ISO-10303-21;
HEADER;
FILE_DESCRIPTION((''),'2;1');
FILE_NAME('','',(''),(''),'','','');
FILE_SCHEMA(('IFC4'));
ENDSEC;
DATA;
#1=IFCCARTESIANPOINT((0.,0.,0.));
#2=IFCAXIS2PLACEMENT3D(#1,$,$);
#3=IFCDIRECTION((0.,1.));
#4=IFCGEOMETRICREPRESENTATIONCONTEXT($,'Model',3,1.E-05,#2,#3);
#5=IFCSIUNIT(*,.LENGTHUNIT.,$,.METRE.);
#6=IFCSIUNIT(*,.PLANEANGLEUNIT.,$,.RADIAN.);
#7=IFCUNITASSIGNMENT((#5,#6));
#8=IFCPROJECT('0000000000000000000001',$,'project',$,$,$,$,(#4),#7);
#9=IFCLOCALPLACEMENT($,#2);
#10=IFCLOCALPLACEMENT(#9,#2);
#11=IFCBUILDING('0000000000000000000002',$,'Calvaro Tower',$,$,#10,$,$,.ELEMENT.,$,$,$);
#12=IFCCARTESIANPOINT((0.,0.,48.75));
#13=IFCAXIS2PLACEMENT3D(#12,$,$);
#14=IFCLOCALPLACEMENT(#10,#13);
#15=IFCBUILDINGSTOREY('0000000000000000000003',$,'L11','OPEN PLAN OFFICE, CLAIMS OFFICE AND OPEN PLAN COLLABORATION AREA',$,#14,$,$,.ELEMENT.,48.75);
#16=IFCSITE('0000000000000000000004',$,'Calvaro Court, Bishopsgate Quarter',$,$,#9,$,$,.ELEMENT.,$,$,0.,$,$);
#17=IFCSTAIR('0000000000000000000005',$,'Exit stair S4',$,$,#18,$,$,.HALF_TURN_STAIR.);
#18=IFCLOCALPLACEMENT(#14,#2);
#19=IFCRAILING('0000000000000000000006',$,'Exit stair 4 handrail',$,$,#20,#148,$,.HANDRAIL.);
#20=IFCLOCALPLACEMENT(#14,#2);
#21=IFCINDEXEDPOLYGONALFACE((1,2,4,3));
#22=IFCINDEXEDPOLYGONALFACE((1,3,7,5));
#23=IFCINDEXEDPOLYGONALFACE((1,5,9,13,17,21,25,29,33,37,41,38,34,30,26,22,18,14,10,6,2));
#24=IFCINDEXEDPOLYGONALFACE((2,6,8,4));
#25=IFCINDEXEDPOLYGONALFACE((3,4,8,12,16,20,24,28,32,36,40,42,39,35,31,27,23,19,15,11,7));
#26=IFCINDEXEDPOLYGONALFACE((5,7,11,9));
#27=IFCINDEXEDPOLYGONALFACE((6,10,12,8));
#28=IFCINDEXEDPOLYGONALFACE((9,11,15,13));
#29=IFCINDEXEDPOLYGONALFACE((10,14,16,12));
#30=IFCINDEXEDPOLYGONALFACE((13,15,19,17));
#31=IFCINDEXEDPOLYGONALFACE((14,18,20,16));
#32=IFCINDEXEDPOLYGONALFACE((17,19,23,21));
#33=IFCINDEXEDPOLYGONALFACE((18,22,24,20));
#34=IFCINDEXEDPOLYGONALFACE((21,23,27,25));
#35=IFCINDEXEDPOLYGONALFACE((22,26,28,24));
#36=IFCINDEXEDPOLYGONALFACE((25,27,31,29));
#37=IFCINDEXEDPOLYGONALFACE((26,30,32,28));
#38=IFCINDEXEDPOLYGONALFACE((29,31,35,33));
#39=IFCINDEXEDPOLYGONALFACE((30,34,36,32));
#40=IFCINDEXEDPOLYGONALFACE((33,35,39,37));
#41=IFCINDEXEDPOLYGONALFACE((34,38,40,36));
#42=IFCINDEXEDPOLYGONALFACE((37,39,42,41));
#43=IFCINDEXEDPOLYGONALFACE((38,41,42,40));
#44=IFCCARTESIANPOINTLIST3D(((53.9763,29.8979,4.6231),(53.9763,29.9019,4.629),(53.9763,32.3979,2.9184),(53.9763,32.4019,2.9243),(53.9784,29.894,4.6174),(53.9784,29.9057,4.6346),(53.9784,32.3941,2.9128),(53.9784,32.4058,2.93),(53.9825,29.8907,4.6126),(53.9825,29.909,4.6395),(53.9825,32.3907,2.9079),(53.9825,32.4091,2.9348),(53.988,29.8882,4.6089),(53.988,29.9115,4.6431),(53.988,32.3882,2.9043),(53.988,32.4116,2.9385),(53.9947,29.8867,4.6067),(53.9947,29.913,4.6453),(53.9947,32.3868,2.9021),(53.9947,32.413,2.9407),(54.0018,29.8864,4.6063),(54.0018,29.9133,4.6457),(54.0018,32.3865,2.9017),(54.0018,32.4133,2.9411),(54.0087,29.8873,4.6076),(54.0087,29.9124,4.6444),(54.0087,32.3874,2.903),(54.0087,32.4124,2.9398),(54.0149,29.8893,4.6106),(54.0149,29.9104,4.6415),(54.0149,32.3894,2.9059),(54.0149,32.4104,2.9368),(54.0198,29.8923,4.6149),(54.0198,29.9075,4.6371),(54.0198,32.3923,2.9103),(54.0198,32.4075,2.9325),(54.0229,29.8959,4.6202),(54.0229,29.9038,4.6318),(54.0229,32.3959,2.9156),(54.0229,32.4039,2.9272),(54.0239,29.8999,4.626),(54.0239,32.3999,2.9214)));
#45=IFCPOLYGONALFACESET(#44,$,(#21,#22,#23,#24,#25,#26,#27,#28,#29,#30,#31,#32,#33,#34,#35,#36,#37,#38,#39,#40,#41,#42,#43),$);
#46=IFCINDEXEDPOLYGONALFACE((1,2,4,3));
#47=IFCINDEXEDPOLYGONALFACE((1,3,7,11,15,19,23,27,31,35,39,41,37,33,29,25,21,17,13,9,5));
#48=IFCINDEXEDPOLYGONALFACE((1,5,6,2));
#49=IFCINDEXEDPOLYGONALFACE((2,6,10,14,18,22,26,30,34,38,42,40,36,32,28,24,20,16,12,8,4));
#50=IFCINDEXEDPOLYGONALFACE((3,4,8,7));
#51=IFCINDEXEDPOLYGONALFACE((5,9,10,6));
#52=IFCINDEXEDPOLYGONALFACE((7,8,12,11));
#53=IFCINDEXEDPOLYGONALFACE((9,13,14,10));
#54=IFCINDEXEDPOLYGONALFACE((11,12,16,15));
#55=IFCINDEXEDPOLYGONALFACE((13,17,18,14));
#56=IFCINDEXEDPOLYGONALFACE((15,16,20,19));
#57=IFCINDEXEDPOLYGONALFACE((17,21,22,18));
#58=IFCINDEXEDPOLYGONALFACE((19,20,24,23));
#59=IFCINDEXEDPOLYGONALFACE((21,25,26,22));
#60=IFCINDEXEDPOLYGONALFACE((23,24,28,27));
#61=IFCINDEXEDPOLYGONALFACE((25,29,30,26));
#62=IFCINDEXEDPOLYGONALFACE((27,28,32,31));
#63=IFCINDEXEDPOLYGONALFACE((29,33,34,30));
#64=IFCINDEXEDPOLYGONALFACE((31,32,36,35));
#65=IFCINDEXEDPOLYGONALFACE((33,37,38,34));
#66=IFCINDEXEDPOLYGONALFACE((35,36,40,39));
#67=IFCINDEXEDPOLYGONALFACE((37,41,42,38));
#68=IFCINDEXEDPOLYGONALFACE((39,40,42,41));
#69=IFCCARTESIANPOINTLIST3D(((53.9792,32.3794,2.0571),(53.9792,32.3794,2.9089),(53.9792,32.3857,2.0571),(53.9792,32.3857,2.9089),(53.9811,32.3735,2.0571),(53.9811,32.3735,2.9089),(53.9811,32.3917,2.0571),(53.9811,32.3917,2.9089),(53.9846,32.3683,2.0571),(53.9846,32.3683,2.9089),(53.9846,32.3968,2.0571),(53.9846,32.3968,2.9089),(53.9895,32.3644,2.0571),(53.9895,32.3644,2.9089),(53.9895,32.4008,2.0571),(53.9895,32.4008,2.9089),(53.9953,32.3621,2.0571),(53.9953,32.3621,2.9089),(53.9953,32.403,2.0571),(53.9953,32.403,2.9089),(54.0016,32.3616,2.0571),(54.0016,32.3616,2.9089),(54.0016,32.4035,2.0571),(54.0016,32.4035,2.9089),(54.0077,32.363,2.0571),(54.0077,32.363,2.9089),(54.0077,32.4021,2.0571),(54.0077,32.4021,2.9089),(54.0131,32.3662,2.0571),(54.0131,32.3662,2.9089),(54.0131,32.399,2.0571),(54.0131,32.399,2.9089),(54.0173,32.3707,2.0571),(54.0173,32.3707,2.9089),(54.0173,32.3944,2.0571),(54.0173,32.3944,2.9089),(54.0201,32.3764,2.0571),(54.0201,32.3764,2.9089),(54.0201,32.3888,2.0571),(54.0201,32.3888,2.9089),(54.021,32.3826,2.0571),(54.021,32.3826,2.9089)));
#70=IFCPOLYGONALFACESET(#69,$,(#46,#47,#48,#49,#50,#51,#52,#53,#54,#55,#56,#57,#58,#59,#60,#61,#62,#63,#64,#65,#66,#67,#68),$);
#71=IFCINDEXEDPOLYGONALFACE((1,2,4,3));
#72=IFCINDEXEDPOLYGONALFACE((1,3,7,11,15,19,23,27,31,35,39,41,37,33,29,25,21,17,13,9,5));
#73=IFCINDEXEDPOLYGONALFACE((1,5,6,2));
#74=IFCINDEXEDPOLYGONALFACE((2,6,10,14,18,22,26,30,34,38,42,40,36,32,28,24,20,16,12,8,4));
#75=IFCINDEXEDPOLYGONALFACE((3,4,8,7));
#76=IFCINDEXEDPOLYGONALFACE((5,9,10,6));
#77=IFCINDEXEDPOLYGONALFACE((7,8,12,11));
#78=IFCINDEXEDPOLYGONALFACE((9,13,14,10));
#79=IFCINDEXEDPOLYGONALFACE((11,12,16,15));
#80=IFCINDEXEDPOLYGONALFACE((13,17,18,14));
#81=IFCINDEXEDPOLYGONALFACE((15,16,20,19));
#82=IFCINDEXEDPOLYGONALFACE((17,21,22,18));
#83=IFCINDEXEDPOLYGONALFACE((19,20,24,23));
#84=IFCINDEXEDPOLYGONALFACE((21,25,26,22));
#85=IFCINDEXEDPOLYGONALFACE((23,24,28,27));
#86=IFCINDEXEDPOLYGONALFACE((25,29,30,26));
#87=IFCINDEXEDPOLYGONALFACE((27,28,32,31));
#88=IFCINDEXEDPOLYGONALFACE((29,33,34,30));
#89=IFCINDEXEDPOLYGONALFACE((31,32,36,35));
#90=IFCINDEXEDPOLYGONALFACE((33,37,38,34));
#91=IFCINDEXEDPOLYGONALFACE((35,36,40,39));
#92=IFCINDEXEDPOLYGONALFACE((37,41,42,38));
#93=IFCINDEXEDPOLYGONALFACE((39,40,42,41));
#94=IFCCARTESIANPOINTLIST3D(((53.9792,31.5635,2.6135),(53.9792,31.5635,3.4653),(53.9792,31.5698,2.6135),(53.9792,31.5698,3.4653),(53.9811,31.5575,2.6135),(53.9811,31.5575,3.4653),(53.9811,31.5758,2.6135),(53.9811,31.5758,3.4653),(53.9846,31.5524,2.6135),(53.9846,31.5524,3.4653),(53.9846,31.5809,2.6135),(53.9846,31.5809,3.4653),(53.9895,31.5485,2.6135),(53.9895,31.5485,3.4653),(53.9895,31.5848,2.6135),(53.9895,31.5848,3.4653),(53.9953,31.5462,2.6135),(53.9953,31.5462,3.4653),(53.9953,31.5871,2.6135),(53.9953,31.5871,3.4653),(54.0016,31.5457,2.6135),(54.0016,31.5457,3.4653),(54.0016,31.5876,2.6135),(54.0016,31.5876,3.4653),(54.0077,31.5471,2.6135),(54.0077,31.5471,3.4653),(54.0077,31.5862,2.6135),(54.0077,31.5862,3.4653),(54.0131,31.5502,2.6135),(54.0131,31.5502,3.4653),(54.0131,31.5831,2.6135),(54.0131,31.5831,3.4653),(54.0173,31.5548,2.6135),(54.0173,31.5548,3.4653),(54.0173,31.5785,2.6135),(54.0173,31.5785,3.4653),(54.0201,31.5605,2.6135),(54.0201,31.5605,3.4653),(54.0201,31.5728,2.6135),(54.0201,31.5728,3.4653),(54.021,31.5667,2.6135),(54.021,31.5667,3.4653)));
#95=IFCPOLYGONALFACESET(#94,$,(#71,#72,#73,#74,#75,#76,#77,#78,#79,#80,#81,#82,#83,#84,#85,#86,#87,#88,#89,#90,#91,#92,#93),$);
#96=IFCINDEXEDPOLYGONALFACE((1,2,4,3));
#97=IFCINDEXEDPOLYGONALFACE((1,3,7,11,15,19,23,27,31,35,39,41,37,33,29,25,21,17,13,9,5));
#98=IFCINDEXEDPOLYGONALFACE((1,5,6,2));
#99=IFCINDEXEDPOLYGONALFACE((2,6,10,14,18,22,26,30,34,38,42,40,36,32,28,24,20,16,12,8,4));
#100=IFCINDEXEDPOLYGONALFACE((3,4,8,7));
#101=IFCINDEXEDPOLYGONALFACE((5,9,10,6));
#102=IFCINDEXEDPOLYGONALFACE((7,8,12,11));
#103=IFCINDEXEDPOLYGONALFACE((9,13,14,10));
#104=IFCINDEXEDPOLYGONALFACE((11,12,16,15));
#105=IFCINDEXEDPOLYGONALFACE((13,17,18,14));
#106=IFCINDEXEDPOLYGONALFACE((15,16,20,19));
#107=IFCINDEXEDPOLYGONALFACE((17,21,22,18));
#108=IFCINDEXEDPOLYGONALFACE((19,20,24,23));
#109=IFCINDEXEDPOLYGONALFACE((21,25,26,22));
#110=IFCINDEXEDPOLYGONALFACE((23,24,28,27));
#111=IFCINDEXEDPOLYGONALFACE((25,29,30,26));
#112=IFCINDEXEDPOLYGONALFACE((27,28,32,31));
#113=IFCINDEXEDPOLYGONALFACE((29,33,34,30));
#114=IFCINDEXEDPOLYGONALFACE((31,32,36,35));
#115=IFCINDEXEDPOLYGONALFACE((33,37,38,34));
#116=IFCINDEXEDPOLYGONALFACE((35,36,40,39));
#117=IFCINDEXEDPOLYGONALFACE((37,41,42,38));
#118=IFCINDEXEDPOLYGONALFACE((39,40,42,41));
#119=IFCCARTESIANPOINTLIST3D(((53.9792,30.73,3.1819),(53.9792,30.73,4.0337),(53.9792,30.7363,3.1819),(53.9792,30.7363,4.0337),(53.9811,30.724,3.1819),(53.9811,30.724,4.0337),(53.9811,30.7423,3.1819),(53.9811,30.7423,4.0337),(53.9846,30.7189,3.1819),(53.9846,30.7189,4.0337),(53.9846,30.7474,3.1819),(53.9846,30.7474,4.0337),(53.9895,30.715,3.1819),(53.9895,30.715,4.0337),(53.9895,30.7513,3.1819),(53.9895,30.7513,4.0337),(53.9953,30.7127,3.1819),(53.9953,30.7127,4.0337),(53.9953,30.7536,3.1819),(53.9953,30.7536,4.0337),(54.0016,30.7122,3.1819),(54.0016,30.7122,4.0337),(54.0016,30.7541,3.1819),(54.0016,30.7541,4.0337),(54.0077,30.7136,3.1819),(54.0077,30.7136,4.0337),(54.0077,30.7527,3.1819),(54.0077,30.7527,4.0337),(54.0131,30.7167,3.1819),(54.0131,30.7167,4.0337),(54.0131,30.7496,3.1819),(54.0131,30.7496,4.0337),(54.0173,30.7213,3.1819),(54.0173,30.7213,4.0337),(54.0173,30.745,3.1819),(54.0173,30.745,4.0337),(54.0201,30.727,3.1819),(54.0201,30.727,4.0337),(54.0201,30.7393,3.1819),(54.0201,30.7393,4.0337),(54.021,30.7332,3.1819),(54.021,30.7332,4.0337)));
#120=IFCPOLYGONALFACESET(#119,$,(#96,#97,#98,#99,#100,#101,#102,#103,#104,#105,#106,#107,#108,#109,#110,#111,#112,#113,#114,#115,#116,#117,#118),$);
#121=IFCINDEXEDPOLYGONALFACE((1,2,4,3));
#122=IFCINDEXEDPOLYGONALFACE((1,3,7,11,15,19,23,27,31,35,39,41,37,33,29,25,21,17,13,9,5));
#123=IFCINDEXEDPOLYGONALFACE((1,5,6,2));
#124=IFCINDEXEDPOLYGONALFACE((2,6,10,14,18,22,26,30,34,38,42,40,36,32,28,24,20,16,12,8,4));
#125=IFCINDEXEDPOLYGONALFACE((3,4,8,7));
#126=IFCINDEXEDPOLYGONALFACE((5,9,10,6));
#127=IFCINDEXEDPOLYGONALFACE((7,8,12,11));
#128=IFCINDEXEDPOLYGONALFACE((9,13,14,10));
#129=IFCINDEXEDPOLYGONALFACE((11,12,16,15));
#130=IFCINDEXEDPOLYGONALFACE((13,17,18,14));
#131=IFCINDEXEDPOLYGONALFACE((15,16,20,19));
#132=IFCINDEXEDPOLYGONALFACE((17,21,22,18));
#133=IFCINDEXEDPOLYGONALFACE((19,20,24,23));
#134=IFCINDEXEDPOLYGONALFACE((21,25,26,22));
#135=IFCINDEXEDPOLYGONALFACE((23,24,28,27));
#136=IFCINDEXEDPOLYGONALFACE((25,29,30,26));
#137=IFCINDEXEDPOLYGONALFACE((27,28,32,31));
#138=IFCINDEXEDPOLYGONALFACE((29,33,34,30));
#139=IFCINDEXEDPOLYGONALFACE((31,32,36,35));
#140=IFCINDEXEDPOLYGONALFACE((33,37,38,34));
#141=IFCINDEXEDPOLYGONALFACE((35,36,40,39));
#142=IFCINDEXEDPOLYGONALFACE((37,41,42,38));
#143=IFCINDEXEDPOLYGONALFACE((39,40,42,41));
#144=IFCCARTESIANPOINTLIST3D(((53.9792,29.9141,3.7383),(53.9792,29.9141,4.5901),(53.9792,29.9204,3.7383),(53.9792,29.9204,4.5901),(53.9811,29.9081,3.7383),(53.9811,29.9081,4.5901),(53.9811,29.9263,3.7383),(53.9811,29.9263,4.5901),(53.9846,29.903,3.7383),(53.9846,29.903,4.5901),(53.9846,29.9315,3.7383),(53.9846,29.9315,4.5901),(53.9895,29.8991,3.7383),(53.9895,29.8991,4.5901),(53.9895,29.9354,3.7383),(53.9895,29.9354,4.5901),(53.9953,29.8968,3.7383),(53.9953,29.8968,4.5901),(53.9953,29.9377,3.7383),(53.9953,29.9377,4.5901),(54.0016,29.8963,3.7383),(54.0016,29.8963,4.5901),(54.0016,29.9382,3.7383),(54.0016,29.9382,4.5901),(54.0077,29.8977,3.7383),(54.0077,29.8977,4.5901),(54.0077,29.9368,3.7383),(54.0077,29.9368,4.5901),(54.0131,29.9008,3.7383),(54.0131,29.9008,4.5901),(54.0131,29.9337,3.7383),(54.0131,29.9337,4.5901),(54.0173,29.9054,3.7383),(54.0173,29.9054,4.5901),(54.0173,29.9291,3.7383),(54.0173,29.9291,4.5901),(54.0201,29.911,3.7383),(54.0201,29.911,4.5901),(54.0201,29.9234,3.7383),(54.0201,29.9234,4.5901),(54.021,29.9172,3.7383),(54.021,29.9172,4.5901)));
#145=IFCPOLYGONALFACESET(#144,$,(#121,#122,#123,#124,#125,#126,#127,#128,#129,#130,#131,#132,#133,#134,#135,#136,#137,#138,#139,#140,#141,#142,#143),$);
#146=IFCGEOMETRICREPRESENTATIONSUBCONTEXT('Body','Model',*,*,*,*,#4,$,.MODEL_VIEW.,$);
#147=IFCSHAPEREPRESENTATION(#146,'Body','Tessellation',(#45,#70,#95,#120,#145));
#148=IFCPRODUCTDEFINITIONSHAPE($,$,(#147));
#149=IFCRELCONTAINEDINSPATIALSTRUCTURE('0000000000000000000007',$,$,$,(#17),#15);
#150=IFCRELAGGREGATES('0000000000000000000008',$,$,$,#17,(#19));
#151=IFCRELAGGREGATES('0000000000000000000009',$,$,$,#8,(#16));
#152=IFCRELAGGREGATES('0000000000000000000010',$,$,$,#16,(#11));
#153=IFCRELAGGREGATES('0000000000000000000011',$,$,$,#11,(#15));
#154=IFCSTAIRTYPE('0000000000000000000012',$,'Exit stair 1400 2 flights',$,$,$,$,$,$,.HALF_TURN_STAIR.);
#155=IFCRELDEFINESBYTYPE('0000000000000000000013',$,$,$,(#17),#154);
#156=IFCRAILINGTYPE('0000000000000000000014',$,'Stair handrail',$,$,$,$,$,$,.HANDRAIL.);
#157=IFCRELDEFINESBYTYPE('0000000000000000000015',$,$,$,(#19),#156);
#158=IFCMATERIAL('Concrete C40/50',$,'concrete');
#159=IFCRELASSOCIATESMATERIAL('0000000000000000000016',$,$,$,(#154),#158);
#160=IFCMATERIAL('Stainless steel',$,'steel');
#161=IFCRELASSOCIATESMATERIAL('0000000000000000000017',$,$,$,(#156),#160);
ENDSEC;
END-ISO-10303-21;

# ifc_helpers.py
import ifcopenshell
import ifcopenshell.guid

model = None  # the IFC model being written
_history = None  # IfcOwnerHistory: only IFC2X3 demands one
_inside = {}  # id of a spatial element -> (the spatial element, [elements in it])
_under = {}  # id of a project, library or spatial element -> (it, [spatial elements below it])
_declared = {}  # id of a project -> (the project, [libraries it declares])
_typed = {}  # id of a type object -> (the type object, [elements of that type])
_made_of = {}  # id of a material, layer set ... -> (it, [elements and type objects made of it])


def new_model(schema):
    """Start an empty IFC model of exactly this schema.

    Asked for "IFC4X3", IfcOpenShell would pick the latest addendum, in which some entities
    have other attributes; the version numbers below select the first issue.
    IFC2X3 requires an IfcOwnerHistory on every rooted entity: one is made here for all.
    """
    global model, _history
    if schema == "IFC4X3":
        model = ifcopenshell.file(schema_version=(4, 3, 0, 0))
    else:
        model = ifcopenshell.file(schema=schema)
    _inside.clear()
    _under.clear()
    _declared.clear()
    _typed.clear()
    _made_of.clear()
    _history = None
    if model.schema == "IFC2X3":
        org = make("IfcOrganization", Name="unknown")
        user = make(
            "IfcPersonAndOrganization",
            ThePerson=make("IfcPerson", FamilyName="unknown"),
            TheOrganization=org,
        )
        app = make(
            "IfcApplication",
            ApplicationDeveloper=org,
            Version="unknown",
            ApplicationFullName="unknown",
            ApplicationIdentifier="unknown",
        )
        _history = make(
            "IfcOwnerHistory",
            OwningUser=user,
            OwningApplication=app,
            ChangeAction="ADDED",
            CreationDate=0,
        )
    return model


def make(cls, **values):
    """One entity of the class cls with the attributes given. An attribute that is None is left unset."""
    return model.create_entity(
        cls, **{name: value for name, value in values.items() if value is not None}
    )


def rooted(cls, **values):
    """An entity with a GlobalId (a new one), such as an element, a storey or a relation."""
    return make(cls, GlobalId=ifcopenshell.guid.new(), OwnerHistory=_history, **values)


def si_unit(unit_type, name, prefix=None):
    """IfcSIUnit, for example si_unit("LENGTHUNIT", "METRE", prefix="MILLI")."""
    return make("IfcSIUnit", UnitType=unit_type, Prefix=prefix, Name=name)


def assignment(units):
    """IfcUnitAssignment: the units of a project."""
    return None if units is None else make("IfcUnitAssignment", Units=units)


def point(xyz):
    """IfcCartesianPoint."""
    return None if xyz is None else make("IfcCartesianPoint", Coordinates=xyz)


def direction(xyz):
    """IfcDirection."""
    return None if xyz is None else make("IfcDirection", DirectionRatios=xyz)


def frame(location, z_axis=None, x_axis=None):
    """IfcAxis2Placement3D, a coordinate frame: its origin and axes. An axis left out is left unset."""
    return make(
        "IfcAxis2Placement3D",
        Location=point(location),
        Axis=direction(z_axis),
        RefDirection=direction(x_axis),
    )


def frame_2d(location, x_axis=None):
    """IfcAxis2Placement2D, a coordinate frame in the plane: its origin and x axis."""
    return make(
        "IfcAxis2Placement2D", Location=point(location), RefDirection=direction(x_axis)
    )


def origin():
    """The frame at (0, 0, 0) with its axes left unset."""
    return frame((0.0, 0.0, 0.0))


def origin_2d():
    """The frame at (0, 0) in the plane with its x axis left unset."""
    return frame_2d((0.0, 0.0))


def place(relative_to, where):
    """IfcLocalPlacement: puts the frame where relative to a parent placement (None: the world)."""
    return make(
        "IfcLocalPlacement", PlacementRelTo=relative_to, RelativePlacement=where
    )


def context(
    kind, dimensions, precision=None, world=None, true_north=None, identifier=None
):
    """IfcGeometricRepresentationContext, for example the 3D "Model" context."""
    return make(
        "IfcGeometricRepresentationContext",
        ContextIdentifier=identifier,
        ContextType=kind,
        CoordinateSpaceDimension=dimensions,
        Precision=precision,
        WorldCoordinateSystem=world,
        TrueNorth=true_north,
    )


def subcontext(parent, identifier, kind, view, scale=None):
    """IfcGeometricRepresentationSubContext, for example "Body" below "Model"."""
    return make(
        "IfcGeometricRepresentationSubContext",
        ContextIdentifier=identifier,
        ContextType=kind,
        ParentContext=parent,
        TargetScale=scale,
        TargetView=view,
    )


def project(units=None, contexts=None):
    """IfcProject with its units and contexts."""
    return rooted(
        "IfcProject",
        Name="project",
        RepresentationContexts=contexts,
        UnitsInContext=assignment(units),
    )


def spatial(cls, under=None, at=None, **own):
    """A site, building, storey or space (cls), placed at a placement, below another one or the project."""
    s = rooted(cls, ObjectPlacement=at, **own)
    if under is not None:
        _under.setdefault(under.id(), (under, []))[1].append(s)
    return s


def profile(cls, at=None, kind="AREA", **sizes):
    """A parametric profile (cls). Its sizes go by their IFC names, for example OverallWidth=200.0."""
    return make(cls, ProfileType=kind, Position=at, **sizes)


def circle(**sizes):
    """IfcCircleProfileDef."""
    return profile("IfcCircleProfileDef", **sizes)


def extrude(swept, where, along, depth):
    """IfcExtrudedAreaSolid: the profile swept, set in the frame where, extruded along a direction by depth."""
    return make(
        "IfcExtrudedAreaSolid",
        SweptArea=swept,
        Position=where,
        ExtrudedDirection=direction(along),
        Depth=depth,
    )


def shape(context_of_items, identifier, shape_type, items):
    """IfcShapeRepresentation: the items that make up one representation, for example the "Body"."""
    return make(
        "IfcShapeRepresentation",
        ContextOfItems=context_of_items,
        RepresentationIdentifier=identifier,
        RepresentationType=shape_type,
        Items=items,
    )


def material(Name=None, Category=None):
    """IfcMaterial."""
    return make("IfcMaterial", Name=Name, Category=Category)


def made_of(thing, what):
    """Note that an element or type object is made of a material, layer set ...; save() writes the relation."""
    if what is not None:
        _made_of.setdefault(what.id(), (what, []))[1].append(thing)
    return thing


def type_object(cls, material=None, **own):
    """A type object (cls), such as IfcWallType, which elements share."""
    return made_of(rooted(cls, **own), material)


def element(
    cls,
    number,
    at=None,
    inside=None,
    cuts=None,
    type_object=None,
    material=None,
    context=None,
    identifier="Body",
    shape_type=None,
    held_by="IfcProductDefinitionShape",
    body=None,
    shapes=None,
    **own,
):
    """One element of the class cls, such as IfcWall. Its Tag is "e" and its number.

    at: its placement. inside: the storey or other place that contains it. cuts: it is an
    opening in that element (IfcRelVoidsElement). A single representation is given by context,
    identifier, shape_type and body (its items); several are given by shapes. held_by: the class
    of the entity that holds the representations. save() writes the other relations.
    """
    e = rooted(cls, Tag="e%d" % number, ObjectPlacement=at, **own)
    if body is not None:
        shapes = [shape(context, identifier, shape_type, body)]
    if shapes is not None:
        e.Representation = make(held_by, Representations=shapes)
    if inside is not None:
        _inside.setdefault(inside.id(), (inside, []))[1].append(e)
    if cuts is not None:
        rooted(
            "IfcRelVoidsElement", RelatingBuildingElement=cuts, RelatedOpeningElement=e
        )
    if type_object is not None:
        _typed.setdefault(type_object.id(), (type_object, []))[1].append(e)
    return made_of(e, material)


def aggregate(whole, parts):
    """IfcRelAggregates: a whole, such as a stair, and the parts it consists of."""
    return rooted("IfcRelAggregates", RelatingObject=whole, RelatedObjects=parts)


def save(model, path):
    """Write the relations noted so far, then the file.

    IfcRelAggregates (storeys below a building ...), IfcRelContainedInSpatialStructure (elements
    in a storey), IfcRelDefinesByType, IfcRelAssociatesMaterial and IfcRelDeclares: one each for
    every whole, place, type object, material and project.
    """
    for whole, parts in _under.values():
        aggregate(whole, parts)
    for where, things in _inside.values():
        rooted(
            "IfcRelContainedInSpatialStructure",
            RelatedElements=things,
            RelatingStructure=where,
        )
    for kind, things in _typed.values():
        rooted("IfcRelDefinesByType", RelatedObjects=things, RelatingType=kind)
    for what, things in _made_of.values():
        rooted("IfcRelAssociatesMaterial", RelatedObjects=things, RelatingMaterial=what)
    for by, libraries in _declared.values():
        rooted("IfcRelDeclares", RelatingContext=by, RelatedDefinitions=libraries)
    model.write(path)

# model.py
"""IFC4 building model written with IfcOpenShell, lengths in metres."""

from ifc_helpers import new_model, si_unit, direction, frame, origin, origin_2d, place, context, subcontext, project, spatial, circle, extrude, material, type_object, element, aggregate, save


model = new_model("IFC4")

# Units and contexts
model_context = context("Model", 3, precision=1e-05, world=origin(), true_north=direction((0.0, 1.0)))
body_context = subcontext(model_context, "Body", "Model", "MODEL_VIEW")
ifc_project = project(units=[si_unit("LENGTHUNIT", "METRE"), si_unit("PLANEANGLEUNIT", "RADIAN")], contexts=[model_context])

# Site, building, storey
site_placement = place(None, origin())
site = spatial("IfcSite", under=ifc_project, at=site_placement, Name="Calvaro Court, Bishopsgate Quarter", CompositionType="ELEMENT", RefElevation=0.0)
building_placement = place(site_placement, origin())
building = spatial("IfcBuilding", under=site, at=building_placement, Name="Calvaro Tower", CompositionType="ELEMENT")
storey_placement = place(building_placement, frame((0.0, 0.0, 48.75)))
storey = spatial("IfcBuildingStorey", under=building, at=storey_placement, Name="L11", Description="OPEN PLAN OFFICE, CLAIMS OFFICE AND OPEN PLAN COLLABORATION AREA", CompositionType="ELEMENT", Elevation=48.75)

# Shared definitions
ifc_material_1 = material(Name="Concrete C40/50", Category="concrete")
stair_type = type_object("IfcStairType", Name="Exit stair 1400 2 flights", PredefinedType="HALF_TURN_STAIR", material=ifc_material_1)

# Stair, railing
stair_1_placement = place(storey_placement, origin())
stair_1 = element("IfcStair", 1, at=stair_1_placement, inside=storey, type_object=stair_type, Name="Exit stair S4", PredefinedType="HALF_TURN_STAIR")
ifc_material_2 = material(Name="Stainless steel", Category="steel")
railing_type = type_object("IfcRailingType", Name="Stair handrail", PredefinedType="HANDRAIL", material=ifc_material_2)
railing_1_placement = place(storey_placement, frame((54.0, 32.3999, 2.0454)))
railing_1 = element("IfcRailing", 2, at=railing_1_placement, type_object=railing_type, Name="Exit stair 4 handrail", PredefinedType="HANDRAIL", context=body_context, shape_type="SweptSolid", body=[
    extrude(circle(Radius=0.0239, at=origin_2d()), frame((0.0, 0.0, 0.876), z_axis=(0.0, -0.826221, 0.563347), x_axis=(1.0, 0.0, 0.0)), (0.0, 0.0, 1.0), 3.0259),
    extrude(circle(Radius=0.021, at=origin_2d()), frame((0.0, -0.0173, 0.0117)), (0.0, 0.0, 1.0), 0.8518),
    extrude(circle(Radius=0.021, at=origin_2d()), frame((0.0, -0.8333, 0.5681)), (0.0, 0.0, 1.0), 0.8518),
    extrude(circle(Radius=0.021, at=origin_2d()), frame((0.0, -1.6667, 1.1365)), (0.0, 0.0, 1.0), 0.8518),
    extrude(circle(Radius=0.021, at=origin_2d()), frame((0.0, -2.4827, 1.6929)), (0.0, 0.0, 1.0), 0.8518),
])
aggregate(stair_1, [railing_1])

save(model, "model.ifc")
